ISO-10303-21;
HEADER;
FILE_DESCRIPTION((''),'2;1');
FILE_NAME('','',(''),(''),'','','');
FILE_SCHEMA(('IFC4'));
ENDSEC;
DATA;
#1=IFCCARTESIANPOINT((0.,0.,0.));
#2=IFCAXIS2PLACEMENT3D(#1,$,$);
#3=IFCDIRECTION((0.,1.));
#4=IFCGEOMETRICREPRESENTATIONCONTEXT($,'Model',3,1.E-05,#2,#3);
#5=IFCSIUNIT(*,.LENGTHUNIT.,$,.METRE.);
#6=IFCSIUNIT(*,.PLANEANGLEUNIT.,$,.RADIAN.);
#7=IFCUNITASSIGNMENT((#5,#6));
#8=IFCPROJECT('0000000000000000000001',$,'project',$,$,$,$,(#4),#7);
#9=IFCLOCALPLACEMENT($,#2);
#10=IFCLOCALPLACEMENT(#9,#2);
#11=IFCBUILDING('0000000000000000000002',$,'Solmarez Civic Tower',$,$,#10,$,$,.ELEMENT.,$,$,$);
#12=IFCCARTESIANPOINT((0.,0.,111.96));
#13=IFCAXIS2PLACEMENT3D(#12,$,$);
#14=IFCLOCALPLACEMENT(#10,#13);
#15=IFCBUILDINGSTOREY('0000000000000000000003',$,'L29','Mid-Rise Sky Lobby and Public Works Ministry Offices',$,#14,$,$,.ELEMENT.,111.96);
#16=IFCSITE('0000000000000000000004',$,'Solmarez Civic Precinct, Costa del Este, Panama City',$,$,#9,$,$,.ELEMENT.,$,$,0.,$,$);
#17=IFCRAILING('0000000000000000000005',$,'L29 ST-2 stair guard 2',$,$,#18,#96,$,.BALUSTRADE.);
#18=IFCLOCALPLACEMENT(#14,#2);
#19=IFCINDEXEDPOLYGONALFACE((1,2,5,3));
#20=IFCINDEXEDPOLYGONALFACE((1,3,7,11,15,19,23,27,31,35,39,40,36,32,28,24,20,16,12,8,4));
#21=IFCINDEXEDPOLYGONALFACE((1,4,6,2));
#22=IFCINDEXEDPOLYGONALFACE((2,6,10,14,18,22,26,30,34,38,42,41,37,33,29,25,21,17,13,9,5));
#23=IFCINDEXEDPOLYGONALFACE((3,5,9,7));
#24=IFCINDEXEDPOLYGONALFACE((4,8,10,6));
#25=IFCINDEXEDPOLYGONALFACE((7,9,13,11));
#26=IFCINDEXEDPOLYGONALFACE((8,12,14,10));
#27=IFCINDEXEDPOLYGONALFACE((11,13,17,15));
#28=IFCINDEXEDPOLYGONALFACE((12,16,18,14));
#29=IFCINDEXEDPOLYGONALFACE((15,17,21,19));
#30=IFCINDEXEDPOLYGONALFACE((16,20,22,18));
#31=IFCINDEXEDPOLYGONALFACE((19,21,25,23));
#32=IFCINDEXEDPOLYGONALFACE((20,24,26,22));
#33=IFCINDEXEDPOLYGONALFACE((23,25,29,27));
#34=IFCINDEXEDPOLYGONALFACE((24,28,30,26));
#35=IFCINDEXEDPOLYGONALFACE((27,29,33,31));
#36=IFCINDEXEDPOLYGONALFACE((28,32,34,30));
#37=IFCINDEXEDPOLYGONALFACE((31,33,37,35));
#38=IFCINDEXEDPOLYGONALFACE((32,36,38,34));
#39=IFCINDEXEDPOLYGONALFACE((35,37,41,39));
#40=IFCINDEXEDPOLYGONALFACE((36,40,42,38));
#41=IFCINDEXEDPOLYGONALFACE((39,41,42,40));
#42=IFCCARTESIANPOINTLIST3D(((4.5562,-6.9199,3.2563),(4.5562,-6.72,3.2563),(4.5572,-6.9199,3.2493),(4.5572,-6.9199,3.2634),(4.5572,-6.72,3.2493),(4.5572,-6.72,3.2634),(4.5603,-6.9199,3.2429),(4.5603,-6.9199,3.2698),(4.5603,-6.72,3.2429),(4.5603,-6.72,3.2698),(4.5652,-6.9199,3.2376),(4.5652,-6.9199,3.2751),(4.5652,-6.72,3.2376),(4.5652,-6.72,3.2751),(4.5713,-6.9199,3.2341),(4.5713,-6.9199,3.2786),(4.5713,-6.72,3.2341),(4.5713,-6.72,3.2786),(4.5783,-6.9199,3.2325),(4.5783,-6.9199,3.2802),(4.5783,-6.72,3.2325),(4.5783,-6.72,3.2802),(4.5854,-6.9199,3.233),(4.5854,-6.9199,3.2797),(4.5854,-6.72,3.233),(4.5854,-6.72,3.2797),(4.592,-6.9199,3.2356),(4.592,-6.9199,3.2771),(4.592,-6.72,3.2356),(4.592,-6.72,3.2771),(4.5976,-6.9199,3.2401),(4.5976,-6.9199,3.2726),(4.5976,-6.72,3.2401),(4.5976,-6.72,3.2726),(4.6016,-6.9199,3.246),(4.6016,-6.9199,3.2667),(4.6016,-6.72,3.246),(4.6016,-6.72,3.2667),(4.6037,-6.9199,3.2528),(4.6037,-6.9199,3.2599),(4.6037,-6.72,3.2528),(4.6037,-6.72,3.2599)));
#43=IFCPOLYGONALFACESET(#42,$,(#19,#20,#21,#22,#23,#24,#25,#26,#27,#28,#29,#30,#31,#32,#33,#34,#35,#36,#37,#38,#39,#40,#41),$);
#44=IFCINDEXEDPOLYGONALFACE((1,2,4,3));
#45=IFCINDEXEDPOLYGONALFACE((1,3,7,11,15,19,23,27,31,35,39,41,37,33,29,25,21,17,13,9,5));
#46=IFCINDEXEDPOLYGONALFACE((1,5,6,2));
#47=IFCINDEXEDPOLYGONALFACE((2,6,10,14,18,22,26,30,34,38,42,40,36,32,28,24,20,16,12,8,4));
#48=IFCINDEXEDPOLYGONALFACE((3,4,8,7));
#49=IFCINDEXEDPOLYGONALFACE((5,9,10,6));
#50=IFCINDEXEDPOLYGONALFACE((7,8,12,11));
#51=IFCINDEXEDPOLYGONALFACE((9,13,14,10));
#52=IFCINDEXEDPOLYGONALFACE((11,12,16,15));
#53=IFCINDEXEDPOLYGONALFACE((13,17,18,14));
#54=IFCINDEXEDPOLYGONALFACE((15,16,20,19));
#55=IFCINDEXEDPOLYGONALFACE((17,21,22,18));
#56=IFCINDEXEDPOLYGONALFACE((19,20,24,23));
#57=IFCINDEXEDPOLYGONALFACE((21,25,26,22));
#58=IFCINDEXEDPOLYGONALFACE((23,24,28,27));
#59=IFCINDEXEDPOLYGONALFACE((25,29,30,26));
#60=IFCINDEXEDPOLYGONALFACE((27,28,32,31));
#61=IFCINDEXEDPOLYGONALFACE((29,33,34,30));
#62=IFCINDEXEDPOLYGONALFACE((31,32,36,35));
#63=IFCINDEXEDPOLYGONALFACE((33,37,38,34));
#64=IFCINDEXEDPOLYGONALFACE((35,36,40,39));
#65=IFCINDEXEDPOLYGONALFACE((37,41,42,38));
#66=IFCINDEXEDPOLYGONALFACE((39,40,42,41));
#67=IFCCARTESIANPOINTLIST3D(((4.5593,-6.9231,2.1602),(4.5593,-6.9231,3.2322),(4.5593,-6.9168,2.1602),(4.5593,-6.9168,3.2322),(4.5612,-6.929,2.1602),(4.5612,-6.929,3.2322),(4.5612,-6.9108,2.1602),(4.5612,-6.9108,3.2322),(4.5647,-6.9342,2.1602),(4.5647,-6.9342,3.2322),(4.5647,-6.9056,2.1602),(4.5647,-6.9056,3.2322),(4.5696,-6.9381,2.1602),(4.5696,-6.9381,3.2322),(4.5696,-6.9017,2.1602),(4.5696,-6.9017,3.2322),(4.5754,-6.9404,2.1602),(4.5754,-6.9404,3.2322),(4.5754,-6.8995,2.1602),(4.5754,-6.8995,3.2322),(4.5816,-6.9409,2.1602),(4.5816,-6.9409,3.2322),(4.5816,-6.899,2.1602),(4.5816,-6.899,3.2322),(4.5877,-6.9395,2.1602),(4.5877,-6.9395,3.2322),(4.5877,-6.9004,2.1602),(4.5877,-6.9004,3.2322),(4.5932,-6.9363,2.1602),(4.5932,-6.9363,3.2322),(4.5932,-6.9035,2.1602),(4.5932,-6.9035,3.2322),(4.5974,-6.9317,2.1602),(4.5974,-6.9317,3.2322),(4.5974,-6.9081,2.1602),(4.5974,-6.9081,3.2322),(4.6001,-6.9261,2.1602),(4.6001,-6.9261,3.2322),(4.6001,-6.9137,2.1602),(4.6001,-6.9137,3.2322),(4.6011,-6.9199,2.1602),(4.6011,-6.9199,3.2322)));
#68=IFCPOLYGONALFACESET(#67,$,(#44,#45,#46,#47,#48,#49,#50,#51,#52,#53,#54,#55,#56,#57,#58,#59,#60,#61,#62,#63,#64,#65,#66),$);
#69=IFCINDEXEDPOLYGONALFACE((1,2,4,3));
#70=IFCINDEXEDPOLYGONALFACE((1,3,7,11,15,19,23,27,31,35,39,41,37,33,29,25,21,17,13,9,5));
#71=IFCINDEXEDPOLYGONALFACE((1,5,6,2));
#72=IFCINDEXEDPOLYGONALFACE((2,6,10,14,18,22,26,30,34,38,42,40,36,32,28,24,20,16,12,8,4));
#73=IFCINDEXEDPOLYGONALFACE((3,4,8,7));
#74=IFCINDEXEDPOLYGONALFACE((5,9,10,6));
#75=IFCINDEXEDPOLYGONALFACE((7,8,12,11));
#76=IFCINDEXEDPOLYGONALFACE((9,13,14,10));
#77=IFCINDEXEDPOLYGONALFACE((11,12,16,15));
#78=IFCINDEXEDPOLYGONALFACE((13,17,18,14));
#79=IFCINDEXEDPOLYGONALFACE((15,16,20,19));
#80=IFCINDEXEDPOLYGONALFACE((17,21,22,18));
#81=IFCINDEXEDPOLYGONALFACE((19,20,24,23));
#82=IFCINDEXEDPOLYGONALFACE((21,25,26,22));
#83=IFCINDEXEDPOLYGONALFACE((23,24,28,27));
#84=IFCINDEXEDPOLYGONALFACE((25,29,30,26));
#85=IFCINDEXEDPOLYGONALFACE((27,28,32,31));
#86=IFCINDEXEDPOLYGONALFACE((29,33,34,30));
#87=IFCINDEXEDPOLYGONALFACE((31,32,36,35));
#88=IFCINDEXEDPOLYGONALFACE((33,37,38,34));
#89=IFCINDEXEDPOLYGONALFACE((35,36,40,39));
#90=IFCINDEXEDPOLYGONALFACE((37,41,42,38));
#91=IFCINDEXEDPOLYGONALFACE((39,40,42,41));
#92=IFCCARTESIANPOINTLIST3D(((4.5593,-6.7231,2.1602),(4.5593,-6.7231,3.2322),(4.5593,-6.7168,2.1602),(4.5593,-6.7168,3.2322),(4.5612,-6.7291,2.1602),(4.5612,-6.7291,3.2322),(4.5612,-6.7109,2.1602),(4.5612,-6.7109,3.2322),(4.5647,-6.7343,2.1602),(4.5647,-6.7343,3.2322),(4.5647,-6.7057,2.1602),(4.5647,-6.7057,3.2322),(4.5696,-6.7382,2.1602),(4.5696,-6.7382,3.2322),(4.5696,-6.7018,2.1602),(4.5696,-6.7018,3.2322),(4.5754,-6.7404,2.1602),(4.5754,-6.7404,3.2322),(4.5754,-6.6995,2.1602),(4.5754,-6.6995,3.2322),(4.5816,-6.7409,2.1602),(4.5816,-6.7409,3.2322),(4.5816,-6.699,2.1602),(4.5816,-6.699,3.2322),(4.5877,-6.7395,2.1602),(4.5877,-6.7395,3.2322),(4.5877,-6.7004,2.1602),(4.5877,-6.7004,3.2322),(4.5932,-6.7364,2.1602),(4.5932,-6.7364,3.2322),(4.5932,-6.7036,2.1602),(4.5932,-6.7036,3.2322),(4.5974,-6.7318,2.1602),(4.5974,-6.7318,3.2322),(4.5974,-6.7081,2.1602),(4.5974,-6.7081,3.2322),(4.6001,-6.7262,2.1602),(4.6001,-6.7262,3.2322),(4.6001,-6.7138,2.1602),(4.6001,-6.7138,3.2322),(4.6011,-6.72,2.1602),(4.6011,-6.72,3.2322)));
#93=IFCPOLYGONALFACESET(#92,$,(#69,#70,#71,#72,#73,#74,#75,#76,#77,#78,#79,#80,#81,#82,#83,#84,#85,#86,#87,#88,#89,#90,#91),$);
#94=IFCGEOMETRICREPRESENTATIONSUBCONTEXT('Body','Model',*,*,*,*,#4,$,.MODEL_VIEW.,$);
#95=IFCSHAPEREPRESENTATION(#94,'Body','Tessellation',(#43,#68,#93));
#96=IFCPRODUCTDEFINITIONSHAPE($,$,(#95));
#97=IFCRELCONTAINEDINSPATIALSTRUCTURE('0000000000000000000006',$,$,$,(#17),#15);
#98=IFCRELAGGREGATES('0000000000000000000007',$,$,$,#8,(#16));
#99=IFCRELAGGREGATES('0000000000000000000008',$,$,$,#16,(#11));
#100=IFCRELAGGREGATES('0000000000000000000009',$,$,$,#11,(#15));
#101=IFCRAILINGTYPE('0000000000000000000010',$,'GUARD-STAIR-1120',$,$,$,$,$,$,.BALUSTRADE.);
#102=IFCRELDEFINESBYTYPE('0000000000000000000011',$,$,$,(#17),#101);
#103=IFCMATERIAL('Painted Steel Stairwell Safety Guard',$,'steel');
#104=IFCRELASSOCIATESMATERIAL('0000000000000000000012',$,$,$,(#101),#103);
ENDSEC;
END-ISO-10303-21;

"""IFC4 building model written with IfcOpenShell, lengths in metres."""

from ifc_helpers import new_model, si_unit, direction, frame, origin, origin_2d, place, context, subcontext, project, spatial, circle, extrude, material, type_object, element, save


model = new_model("IFC4")

# Units and contexts
model_context = context("Model", 3, precision=1e-05, world=origin(), true_north=direction((0.0, 1.0)))
body_context = subcontext(model_context, "Body", "Model", "MODEL_VIEW")
ifc_project = project(units=[si_unit("LENGTHUNIT", "METRE"), si_unit("PLANEANGLEUNIT", "RADIAN")], contexts=[model_context])

# Site, building, storey
site_placement = place(None, origin())
site = spatial("IfcSite", under=ifc_project, at=site_placement, Name="Solmarez Civic Precinct, Costa del Este, Panama City", CompositionType="ELEMENT", RefElevation=0.0)
building_placement = place(site_placement, origin())
building = spatial("IfcBuilding", under=site, at=building_placement, Name="Solmarez Civic Tower", CompositionType="ELEMENT")
storey_placement = place(building_placement, frame((0.0, 0.0, 111.96)))
storey = spatial("IfcBuildingStorey", under=building, at=storey_placement, Name="L29", Description="Mid-Rise Sky Lobby and Public Works Ministry Offices", CompositionType="ELEMENT", Elevation=111.96)

# Railing
ifc_material_1 = material(Name="Painted Steel Stairwell Safety Guard", Category="steel")
railing_type_1 = type_object("IfcRailingType", Name="GUARD-STAIR-1120", PredefinedType="BALUSTRADE", material=ifc_material_1)
railing_1_placement = place(storey_placement, frame((4.5801, -6.9199, 2.1602)))
element("IfcRailing", 1, at=railing_1_placement, inside=storey, type_object=railing_type_1, Name="L29 ST-2 stair guard 2", PredefinedType="BALUSTRADE", context=body_context, shape_type="SweptSolid", body=[
    extrude(circle(Radius=0.0239, at=origin_2d()), frame((0.0, 0.0, 1.0962), z_axis=(0.0, 1.0, 0.0), x_axis=(-1.0, 0.0, 0.0)), (0.0, 0.0, 1.0), 0.2),
    extrude(circle(Radius=0.021, at=origin_2d()), origin(), (0.0, 0.0, 1.0), 1.072),
    extrude(circle(Radius=0.021, at=origin_2d()), frame((0.0, 0.2, 0.0)), (0.0, 0.0, 1.0), 1.072),
])

save(model, "model.ifc")
